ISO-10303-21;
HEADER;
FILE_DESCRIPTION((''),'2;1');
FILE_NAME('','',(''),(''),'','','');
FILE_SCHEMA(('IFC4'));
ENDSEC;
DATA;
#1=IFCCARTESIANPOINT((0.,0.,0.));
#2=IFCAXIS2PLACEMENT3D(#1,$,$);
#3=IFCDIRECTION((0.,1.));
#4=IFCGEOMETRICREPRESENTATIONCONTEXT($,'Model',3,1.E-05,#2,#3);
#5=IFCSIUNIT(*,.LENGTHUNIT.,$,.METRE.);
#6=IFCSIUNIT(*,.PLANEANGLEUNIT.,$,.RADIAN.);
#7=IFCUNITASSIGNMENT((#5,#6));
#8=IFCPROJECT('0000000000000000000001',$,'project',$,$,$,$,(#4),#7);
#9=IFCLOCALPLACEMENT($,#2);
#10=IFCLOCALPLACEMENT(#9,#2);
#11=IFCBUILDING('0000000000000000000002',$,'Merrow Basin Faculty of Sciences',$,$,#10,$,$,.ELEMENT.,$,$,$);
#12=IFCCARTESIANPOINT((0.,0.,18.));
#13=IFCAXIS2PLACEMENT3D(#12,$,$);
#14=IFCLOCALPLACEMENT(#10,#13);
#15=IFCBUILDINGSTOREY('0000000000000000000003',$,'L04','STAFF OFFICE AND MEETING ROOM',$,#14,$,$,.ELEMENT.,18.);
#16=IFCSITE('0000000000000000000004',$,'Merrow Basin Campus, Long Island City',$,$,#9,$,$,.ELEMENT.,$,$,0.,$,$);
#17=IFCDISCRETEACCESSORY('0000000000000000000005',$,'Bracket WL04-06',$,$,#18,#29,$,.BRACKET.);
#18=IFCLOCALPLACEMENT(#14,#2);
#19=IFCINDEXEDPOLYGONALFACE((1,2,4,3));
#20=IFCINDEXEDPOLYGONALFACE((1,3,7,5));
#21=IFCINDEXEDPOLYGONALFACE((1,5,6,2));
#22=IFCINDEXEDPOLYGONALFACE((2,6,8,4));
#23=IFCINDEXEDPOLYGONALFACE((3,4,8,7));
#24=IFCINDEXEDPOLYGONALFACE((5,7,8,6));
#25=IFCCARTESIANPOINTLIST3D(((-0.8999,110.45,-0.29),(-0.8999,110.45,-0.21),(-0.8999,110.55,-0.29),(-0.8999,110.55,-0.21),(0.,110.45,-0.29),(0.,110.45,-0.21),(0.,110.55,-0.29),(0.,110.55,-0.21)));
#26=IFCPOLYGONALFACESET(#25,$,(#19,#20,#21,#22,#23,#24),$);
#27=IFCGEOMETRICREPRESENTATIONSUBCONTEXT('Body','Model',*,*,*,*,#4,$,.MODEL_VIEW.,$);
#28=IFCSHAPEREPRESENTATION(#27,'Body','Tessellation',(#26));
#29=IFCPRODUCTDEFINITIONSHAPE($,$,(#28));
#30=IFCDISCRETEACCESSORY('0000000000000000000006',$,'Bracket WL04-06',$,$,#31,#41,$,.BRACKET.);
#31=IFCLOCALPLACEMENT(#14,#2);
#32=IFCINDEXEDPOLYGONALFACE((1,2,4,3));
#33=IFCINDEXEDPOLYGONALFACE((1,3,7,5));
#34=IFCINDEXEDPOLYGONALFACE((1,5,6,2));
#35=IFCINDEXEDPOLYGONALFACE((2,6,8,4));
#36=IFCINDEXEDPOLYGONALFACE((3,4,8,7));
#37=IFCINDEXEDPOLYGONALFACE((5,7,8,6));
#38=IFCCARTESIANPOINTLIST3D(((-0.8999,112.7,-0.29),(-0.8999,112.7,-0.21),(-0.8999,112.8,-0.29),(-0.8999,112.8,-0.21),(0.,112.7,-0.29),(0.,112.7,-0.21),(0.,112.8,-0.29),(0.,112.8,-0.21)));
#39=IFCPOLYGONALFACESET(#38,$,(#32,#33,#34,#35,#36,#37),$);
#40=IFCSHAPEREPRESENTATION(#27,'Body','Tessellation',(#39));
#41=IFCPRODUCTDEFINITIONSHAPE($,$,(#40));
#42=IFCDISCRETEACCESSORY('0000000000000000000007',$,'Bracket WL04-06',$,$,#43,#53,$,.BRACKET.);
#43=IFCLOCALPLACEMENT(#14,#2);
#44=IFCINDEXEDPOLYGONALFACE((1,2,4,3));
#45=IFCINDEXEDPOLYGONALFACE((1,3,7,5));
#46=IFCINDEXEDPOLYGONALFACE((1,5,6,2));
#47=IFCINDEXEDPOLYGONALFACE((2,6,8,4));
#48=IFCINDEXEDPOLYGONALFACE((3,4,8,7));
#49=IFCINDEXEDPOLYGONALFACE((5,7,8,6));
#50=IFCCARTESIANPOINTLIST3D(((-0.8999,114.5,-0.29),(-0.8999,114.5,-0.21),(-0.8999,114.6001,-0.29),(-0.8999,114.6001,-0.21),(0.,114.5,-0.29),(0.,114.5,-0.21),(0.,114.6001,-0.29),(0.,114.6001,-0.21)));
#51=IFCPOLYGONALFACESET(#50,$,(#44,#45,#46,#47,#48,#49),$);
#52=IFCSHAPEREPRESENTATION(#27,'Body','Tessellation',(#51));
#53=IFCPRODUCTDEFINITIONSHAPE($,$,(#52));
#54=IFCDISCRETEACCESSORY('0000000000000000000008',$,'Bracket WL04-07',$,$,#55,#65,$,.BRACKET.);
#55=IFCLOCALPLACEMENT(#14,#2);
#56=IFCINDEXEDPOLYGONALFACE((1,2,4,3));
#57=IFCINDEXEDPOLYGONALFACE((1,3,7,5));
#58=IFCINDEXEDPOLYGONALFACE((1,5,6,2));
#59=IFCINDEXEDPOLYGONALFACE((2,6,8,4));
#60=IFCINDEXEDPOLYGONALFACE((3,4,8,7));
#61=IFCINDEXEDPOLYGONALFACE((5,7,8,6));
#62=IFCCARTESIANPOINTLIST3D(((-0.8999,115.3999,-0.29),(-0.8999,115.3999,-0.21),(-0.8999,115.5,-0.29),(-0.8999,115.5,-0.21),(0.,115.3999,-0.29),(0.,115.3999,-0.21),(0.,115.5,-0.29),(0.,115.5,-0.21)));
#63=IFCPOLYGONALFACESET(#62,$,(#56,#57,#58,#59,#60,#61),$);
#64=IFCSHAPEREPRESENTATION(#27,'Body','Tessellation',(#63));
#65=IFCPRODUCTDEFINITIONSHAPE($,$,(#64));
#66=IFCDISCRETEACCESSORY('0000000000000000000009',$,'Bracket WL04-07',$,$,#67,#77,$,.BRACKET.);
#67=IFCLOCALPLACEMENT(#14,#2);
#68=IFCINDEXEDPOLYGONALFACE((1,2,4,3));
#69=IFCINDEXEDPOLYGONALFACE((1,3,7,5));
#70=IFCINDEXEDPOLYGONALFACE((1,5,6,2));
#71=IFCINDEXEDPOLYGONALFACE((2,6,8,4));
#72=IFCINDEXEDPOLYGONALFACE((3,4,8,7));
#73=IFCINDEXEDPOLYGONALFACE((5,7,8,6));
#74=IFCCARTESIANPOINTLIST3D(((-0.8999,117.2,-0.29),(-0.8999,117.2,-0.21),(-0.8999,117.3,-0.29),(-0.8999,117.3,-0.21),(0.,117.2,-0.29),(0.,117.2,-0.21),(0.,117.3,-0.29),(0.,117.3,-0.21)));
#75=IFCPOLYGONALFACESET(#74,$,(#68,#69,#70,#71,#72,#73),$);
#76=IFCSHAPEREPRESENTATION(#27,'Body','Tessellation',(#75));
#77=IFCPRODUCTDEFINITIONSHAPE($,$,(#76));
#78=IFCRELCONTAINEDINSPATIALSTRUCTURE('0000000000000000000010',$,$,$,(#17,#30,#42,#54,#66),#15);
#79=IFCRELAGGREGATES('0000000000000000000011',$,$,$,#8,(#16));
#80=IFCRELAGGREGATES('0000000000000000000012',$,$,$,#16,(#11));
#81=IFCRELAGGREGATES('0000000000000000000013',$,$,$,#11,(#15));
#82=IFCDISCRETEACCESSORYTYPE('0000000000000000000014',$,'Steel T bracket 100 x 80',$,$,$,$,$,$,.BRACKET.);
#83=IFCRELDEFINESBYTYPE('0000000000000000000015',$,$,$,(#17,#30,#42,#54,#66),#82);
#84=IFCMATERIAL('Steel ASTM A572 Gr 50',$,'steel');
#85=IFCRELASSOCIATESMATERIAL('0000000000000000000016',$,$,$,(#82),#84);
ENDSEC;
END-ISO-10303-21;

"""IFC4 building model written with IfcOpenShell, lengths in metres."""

from ifc_helpers import new_model, si_unit, direction, frame, origin, place, context, subcontext, project, spatial, polyline, outline, extrude, source, transform, mapped, material, type_object, element, save


model = new_model("IFC4")

# Units and contexts
model_context = context("Model", 3, precision=1e-05, world=origin(), true_north=direction((0.0, 1.0)))
body_context = subcontext(model_context, "Body", "Model", "MODEL_VIEW")
ifc_project = project(units=[si_unit("LENGTHUNIT", "METRE"), si_unit("PLANEANGLEUNIT", "RADIAN")], contexts=[model_context])

# Site, building, storey
site_placement = place(None, origin())
site = spatial("IfcSite", under=ifc_project, at=site_placement, Name="Merrow Basin Campus, Long Island City", CompositionType="ELEMENT", RefElevation=0.0)
building_placement = place(site_placement, origin())
building = spatial("IfcBuilding", under=site, at=building_placement, Name="Merrow Basin Faculty of Sciences", CompositionType="ELEMENT")
storey_placement = place(building_placement, frame((0.0, 0.0, 18.0)))
storey = spatial("IfcBuildingStorey", under=building, at=storey_placement, Name="L04", Description="STAFF OFFICE AND MEETING ROOM", CompositionType="ELEMENT", Elevation=18.0)

# Discrete accessories
ifc_material_1 = material(Name="Steel ASTM A572 Gr 50", Category="steel")
discrete_accessory_type = type_object("IfcDiscreteAccessoryType", Name="Steel T bracket 100 x 80", PredefinedType="BRACKET", material=ifc_material_1)
shared_shape_1 = source(origin(), body_context, "Body", "SweptSolid", [
    extrude(outline(polyline([(0.0, 0.0), (0.1001, 0.0), (0.1001, 0.0801), (0.0, 0.0801), (0.0, 0.0)])), origin(), (0.0, 0.0, 1.0), 0.8999),
])
for number, where, z_axis, x_axis, name in (
    (1, (-0.8999, 110.45, -0.29), (1.0, 0.0, 0.0), (0.0, 1.0, 0.0), "Bracket WL04-06"),
    (2, (-0.8999, 112.7, -0.29), (1.0, 0.0, 0.0), (0.0, 1.0, 0.0), "Bracket WL04-06"),
    (3, (-0.8999, 114.5, -0.29), (1.0, 0.0, 0.0), (0.0, 1.0, 0.0), "Bracket WL04-06"),
    (4, (-0.8999, 115.3999, -0.29), (1.0, 0.0, 0.0), (0.0, 1.0, 0.0), "Bracket WL04-07"),
    (5, (-0.8999, 117.2, -0.29), (1.0, 0.0, 0.0), (0.0, 1.0, 0.0), "Bracket WL04-07"),
):
    element("IfcDiscreteAccessory", number, at=place(storey_placement, frame(where, z_axis=z_axis, x_axis=x_axis)), inside=storey, type_object=discrete_accessory_type, Name=name, PredefinedType="BRACKET", context=body_context, shape_type="MappedRepresentation", body=[
        mapped(shared_shape_1, transform((0.0, 0.0, 0.0), scale=1.0)),
    ])

save(model, "model.ifc")
